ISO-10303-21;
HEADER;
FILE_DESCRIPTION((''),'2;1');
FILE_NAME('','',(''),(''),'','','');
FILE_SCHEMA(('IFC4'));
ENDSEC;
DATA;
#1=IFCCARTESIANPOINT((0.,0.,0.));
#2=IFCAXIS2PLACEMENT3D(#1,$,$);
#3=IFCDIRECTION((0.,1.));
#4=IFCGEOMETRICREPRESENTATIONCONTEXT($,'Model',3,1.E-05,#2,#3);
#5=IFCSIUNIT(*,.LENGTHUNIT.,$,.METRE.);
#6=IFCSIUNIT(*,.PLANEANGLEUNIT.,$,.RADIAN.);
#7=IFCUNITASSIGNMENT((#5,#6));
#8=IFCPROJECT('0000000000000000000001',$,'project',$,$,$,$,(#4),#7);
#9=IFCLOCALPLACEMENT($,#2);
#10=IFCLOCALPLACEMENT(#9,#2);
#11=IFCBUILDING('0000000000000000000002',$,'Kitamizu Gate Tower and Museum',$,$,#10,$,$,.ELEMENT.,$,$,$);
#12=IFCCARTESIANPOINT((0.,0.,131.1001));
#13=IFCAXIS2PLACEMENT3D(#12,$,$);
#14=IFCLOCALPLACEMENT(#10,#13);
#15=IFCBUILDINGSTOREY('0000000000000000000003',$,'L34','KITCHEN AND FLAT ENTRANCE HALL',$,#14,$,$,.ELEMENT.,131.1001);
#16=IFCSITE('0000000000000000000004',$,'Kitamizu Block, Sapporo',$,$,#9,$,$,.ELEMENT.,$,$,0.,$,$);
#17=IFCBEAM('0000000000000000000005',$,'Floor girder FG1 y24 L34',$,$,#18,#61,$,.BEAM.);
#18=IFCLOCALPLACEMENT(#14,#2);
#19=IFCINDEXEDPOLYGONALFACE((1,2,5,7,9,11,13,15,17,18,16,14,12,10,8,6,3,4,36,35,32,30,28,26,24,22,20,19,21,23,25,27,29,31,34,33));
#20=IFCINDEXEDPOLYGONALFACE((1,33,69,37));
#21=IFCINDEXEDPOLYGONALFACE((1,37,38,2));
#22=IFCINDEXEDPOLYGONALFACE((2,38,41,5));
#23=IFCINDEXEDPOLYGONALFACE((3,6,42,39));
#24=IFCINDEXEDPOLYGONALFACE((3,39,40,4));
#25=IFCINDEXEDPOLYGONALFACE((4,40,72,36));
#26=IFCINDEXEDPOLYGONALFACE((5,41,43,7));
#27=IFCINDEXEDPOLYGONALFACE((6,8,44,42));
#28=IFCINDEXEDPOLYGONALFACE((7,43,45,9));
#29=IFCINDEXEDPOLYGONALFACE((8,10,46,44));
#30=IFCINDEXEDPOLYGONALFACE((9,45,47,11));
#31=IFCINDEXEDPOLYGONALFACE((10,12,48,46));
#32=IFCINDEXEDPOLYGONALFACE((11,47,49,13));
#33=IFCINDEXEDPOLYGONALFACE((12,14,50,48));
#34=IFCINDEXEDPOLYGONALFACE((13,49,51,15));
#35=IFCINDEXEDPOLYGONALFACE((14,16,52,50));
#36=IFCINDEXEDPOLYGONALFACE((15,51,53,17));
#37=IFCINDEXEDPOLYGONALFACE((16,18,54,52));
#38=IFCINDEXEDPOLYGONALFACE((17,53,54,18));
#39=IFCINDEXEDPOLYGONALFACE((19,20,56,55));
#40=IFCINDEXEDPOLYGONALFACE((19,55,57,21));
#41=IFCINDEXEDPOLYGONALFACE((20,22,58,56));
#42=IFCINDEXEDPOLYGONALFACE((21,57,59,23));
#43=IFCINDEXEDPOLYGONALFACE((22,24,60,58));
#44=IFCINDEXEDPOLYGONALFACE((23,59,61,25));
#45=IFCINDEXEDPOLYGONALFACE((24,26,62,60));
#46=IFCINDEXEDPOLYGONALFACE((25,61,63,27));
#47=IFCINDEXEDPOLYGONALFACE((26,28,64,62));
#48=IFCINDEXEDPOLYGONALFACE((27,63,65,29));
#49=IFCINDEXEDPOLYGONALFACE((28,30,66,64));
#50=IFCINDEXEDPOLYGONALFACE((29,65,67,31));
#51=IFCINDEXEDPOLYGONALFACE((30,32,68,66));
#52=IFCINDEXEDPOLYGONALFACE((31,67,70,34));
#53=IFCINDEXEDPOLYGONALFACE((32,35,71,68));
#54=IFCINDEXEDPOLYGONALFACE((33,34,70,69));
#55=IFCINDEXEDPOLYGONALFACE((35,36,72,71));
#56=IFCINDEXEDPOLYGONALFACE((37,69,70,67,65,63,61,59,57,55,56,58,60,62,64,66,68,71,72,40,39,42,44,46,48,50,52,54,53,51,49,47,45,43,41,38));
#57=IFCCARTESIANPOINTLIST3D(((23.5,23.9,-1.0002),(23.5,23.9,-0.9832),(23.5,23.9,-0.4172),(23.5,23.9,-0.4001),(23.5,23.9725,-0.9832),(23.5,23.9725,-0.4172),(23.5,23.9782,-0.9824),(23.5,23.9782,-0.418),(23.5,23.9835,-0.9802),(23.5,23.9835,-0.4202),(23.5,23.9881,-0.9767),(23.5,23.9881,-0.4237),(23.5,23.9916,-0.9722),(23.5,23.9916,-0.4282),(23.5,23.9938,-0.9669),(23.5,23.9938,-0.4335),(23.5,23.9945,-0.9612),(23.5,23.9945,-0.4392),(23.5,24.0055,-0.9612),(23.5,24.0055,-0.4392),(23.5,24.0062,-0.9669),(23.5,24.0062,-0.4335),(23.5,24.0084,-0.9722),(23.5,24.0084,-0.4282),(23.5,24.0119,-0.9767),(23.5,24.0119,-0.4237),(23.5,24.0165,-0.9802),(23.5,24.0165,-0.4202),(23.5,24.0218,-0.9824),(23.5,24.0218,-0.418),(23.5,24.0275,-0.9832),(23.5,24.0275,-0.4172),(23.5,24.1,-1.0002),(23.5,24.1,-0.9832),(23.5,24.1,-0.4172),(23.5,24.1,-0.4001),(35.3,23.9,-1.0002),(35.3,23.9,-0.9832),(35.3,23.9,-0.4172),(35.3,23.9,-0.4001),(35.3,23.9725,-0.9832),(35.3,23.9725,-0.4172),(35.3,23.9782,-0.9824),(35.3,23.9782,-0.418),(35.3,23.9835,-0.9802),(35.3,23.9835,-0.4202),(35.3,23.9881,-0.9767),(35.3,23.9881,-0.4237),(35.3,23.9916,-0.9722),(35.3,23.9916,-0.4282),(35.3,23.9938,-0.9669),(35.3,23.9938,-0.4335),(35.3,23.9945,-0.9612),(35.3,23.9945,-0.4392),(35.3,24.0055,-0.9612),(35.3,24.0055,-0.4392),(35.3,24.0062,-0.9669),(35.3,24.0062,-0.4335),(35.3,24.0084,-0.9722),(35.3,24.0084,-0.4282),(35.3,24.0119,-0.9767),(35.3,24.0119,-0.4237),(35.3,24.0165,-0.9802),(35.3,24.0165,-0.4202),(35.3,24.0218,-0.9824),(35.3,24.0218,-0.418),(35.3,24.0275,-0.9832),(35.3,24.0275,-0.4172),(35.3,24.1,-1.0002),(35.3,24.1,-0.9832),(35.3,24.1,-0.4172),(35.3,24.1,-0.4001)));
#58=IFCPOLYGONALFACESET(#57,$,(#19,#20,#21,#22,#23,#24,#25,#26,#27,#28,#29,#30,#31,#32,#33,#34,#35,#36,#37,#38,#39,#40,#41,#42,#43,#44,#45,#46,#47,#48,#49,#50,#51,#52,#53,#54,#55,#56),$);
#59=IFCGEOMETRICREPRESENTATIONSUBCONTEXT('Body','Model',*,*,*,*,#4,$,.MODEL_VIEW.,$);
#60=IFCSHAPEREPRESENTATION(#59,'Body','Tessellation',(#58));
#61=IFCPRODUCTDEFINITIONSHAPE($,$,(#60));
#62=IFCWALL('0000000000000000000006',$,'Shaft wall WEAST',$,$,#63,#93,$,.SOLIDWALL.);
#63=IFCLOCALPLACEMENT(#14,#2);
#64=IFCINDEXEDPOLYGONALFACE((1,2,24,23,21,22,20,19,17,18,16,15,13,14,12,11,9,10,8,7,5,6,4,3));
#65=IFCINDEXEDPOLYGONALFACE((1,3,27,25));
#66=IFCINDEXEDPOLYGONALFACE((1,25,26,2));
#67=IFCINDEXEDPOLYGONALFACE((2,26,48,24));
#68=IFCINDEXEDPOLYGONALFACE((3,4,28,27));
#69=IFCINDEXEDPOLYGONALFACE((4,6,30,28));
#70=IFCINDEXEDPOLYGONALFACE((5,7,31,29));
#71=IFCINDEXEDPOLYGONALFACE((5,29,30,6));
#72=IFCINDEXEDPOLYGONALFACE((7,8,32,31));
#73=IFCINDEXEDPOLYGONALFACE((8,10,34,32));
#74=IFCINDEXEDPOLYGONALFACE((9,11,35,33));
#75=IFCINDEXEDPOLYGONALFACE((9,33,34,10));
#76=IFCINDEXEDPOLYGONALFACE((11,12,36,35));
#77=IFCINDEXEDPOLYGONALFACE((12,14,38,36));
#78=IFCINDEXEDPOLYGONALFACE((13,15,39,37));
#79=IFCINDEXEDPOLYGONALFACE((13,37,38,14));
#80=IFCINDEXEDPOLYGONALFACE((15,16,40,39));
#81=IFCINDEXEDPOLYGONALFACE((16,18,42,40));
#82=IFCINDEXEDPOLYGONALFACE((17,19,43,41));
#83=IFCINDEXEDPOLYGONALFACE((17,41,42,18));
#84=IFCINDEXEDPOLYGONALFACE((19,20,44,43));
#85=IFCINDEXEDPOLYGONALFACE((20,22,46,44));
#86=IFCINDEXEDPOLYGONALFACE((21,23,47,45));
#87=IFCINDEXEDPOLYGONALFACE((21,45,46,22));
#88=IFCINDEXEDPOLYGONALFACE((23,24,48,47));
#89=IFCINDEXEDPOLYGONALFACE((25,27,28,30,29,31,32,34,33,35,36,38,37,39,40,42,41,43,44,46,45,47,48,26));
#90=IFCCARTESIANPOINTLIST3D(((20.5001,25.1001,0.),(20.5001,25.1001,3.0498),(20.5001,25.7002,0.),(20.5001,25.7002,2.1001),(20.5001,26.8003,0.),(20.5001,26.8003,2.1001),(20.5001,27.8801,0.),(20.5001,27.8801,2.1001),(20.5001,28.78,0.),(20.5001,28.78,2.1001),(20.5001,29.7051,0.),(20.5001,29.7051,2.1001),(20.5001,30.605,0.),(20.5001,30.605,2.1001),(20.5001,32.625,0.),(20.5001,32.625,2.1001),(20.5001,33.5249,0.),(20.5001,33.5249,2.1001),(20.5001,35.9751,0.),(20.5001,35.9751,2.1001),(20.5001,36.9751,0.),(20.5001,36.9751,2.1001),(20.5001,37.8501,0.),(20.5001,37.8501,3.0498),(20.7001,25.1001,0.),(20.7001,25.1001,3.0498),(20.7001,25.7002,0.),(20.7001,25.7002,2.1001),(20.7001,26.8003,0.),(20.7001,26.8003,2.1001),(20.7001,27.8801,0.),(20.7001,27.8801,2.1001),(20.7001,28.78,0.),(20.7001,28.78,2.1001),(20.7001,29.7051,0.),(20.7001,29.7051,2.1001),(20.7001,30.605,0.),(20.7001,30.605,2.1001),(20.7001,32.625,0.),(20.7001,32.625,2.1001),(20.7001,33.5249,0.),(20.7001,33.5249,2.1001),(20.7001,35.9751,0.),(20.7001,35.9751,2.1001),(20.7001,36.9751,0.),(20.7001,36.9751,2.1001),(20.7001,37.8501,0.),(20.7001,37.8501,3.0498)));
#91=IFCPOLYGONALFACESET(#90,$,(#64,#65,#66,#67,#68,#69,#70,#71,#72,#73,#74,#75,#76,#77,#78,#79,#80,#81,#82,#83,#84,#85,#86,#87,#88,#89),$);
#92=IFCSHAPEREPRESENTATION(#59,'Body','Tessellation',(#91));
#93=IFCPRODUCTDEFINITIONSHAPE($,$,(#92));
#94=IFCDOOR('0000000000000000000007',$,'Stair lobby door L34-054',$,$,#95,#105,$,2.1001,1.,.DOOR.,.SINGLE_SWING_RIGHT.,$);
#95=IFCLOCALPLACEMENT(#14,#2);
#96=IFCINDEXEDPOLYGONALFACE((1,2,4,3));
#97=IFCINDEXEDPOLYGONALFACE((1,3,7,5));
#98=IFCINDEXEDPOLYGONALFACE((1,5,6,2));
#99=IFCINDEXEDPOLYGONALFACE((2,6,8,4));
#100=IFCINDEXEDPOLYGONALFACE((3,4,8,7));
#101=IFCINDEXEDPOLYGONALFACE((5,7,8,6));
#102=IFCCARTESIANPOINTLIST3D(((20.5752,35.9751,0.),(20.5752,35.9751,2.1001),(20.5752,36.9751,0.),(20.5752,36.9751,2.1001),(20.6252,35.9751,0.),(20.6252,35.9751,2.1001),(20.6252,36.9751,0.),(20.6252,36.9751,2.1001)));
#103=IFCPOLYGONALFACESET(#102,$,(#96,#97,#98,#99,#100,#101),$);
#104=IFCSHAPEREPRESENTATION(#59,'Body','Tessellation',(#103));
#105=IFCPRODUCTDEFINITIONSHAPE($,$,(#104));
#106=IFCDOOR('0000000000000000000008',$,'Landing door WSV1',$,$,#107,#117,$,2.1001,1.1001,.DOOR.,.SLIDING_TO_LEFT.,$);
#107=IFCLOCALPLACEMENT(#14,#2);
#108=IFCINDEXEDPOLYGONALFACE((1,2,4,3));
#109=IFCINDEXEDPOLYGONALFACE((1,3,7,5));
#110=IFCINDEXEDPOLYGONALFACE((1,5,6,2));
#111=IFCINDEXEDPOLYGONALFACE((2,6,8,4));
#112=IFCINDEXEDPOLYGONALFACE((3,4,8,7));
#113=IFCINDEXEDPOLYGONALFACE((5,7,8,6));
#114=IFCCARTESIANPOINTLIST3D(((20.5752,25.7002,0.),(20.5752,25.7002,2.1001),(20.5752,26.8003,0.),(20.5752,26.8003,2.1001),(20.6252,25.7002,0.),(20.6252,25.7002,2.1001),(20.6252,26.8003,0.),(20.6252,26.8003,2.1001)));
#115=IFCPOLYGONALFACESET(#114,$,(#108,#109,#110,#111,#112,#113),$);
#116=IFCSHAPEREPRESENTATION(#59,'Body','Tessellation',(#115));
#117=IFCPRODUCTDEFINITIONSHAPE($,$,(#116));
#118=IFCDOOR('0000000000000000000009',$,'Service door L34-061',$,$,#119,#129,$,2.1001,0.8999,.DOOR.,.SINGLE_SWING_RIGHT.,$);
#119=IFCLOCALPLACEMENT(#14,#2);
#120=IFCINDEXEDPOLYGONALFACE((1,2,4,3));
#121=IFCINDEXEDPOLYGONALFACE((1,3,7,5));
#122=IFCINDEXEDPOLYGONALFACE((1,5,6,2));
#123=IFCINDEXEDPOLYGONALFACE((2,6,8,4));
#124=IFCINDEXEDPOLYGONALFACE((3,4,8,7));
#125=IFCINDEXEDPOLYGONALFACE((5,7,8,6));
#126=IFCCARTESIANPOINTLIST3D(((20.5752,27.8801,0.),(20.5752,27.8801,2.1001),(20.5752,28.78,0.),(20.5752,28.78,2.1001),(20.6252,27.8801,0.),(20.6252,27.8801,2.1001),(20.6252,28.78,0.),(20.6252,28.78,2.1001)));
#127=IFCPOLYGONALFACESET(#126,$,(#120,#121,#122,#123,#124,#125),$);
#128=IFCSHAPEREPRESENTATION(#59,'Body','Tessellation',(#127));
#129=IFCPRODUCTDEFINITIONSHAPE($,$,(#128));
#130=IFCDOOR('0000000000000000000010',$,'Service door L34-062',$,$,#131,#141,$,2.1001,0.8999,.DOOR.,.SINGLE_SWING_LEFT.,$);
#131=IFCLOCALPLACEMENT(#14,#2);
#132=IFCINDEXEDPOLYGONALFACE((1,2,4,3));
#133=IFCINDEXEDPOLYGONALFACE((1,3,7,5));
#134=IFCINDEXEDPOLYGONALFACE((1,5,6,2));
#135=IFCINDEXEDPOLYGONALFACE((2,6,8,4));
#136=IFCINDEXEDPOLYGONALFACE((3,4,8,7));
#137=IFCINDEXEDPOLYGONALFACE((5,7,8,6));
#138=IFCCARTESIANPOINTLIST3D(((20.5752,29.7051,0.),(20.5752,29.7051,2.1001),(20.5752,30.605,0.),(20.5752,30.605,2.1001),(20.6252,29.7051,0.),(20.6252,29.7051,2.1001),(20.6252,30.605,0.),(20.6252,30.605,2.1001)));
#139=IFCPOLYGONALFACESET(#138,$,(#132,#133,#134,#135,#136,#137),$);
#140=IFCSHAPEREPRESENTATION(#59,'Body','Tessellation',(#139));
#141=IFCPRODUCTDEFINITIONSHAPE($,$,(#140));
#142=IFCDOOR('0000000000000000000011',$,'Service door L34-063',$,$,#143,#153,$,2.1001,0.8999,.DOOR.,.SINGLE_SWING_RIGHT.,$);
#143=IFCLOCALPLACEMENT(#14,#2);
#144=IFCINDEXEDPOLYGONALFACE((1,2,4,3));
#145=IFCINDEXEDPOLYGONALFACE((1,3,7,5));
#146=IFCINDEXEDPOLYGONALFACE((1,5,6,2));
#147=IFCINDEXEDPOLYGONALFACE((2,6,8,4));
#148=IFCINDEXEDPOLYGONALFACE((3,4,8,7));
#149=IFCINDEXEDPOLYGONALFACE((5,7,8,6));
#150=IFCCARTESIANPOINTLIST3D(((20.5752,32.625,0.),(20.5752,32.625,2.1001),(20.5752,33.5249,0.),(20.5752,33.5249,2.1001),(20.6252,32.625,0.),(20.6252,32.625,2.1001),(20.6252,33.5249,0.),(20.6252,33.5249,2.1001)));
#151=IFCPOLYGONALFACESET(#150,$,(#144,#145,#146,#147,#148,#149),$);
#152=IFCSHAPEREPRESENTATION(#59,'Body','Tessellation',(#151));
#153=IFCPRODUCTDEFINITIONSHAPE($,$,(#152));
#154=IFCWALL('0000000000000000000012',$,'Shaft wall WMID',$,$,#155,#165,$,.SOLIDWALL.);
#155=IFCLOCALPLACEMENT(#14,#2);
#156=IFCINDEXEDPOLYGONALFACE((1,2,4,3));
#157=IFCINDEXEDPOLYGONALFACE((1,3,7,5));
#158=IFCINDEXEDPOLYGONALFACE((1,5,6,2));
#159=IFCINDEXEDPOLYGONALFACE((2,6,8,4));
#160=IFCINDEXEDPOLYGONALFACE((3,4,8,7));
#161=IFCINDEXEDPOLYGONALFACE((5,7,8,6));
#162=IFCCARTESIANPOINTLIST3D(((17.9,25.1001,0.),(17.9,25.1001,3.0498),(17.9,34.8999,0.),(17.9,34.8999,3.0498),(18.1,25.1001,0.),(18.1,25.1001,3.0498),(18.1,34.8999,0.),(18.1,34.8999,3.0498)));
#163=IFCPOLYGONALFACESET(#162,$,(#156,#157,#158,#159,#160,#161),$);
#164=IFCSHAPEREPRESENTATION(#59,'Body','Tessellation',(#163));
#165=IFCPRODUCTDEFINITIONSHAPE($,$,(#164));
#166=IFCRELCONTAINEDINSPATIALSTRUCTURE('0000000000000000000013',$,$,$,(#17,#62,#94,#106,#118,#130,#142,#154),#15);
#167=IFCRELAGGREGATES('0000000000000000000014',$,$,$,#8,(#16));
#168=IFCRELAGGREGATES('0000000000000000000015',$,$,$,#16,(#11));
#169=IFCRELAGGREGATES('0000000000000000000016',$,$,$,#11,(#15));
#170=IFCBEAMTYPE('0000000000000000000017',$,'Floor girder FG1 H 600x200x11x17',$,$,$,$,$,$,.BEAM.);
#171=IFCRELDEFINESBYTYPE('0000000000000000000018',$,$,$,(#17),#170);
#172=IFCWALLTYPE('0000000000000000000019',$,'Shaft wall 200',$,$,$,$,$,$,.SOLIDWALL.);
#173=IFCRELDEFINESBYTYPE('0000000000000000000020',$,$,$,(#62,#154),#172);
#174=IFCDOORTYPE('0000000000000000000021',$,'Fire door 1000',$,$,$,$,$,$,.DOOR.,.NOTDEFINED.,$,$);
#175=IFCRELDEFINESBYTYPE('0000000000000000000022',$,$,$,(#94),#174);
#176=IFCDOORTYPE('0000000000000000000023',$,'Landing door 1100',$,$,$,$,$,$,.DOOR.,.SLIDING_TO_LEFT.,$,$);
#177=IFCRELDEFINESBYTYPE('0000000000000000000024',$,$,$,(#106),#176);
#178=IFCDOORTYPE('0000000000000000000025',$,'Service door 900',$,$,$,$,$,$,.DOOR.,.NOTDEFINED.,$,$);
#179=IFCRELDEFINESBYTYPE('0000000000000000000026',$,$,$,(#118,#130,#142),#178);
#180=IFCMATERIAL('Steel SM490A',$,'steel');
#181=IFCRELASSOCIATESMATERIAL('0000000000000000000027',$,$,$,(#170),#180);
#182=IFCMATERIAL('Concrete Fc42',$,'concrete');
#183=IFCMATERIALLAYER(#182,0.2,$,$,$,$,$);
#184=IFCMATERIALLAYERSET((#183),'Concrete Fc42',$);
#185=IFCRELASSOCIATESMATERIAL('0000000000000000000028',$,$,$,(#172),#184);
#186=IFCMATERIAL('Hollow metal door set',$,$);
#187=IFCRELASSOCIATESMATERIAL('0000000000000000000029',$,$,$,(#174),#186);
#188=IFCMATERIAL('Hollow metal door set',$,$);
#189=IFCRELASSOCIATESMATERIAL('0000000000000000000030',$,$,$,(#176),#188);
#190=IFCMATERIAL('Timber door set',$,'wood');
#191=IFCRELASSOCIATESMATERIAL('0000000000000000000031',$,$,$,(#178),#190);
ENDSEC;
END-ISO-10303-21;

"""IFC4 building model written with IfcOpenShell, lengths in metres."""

from ifc_helpers import new_model, si_unit, direction, frame, frame_2d, origin, origin_2d, place, context, subcontext, project, spatial, rectangle, i_section, extrude, material, layer, layer_set, material_profile, profile_set, type_object, element, fill, save


model = new_model("IFC4")

# Units and contexts
model_context = context("Model", 3, precision=1e-05, world=origin(), true_north=direction((0.0, 1.0)))
body_context = subcontext(model_context, "Body", "Model", "MODEL_VIEW")
ifc_project = project(units=[si_unit("LENGTHUNIT", "METRE"), si_unit("PLANEANGLEUNIT", "RADIAN")], contexts=[model_context])

# Site, building, storey
site_placement = place(None, origin())
site = spatial("IfcSite", under=ifc_project, at=site_placement, Name="Kitamizu Block, Sapporo", CompositionType="ELEMENT", RefElevation=0.0)
building_placement = place(site_placement, origin())
building = spatial("IfcBuilding", under=site, at=building_placement, Name="Kitamizu Gate Tower and Museum", CompositionType="ELEMENT")
storey_placement = place(building_placement, frame((0.0, 0.0, 131.1001)))
storey = spatial("IfcBuildingStorey", under=building, at=storey_placement, Name="L34", Description="KITCHEN AND FLAT ENTRANCE HALL", CompositionType="ELEMENT", Elevation=131.1001)

# Beam
ifc_material_1 = material(Name="Steel SM490A", Category="steel")
ifc_material_profile = material_profile(ifc_material_1, i_section(OverallWidth=0.2, OverallDepth=0.6001, WebThickness=0.011, FlangeThickness=0.0171, FilletRadius=0.022, at=origin_2d()), Name="H-600x200x11x17")
ifc_profile_set = profile_set([ifc_material_profile], Name="Steel SM490A")
beam_type = type_object("IfcBeamType", Name="Floor girder FG1 H 600x200x11x17", PredefinedType="BEAM", material=ifc_profile_set)
beam_placement = place(storey_placement, frame((23.5, 24.0, -0.7002), z_axis=(1.0, 0.0, 0.0), x_axis=(0.0, 1.0, 0.0)))
element("IfcBeam", 1, at=beam_placement, inside=storey, type_object=beam_type, Name="Floor girder FG1 y24 L34", PredefinedType="BEAM", context=body_context, shape_type="SweptSolid", body=[
    extrude(i_section(OverallWidth=0.2, OverallDepth=0.6001, WebThickness=0.011, FlangeThickness=0.0171, FilletRadius=0.022, at=origin_2d()), origin(), (0.0, 0.0, 1.0), 11.8),
])

# Wall, openings, doors
ifc_material_2 = material(Name="Concrete Fc42", Category="concrete")
ifc_layer = layer(ifc_material_2, 0.2)
ifc_layer_set = layer_set([ifc_layer], Name="Concrete Fc42")
wall_type = type_object("IfcWallType", Name="Shaft wall 200", PredefinedType="SOLIDWALL", material=ifc_layer_set)
wall_1_placement = place(storey_placement, frame((20.6001, 25.1001, 0.0), z_axis=(0.0, 0.0, 1.0), x_axis=(0.0, 1.0, 0.0)))
wall_1 = element("IfcWall", 2, at=wall_1_placement, inside=storey, type_object=wall_type, Name="Shaft wall WEAST", PredefinedType="SOLIDWALL", context=body_context, shape_type="SweptSolid", body=[
    extrude(rectangle(XDim=12.75, YDim=0.2, at=frame_2d((6.375, 0.0))), origin(), (0.0, 0.0, 1.0), 3.0498),
])
opening_1_placement = place(wall_1_placement, frame((0.6001, 0.0, 0.0)))
opening_1 = element("IfcOpeningElement", 3, at=opening_1_placement, cuts=wall_1, PredefinedType="OPENING", context=body_context, shape_type="SweptSolid", body=[
    extrude(rectangle(XDim=1.1001, YDim=2.1001, at=frame_2d((0.55, 1.05))), frame((0.0, 0.1099, 0.0), z_axis=(0.0, -1.0, 0.0), x_axis=(1.0, 0.0, 0.0)), (0.0, 0.0, 1.0), 0.22),
])
opening_2_placement = place(wall_1_placement, frame((10.875, 0.0, 0.0)))
opening_2 = element("IfcOpeningElement", 4, at=opening_2_placement, cuts=wall_1, PredefinedType="OPENING", context=body_context, shape_type="SweptSolid", body=[
    extrude(rectangle(XDim=1.0, YDim=2.1001, at=frame_2d((0.5, 1.05))), frame((0.0, 0.1099, 0.0), z_axis=(0.0, -1.0, 0.0), x_axis=(1.0, 0.0, 0.0)), (0.0, 0.0, 1.0), 0.22),
])
opening_3_placement = place(wall_1_placement, frame((2.78, 0.0, 0.0)))
opening_3 = element("IfcOpeningElement", 5, at=opening_3_placement, cuts=wall_1, PredefinedType="OPENING", context=body_context, shape_type="SweptSolid", body=[
    extrude(rectangle(XDim=0.8999, YDim=2.1001, at=frame_2d((0.45, 1.05))), frame((0.0, 0.1099, 0.0), z_axis=(0.0, -1.0, 0.0), x_axis=(1.0, 0.0, 0.0)), (0.0, 0.0, 1.0), 0.22),
])
opening_4_placement = place(wall_1_placement, frame((4.605, 0.0, 0.0)))
opening_4 = element("IfcOpeningElement", 6, at=opening_4_placement, cuts=wall_1, PredefinedType="OPENING", context=body_context, shape_type="SweptSolid", body=[
    extrude(rectangle(XDim=0.8999, YDim=2.1001, at=frame_2d((0.45, 1.05))), frame((0.0, 0.1099, 0.0), z_axis=(0.0, -1.0, 0.0), x_axis=(1.0, 0.0, 0.0)), (0.0, 0.0, 1.0), 0.22),
])
opening_5_placement = place(wall_1_placement, frame((7.5249, 0.0, 0.0)))
opening_5 = element("IfcOpeningElement", 7, at=opening_5_placement, cuts=wall_1, PredefinedType="OPENING", context=body_context, shape_type="SweptSolid", body=[
    extrude(rectangle(XDim=0.8999, YDim=2.1001, at=frame_2d((0.45, 1.05))), frame((0.0, 0.1099, 0.0), z_axis=(0.0, -1.0, 0.0), x_axis=(1.0, 0.0, 0.0)), (0.0, 0.0, 1.0), 0.22),
])
ifc_material_3 = material(Name="Hollow metal door set")
door_type_1 = type_object("IfcDoorType", Name="Fire door 1000", OperationType="NOTDEFINED", PredefinedType="DOOR", material=ifc_material_3)
door_1_placement = place(opening_2_placement, origin())
door_1 = element("IfcDoor", 8, at=door_1_placement, inside=storey, type_object=door_type_1, Name="Stair lobby door L34-054", OperationType="SINGLE_SWING_RIGHT", OverallHeight=2.1001, OverallWidth=1.0, PredefinedType="DOOR", context=body_context, shape_type="SweptSolid", body=[
    extrude(rectangle(XDim=1.0, YDim=2.1001, at=frame_2d((0.5, 1.05))), frame((0.0, 0.0249, 0.0), z_axis=(0.0, -1.0, 0.0), x_axis=(1.0, 0.0, 0.0)), (0.0, 0.0, 1.0), 0.05),
])
fill(opening_2, door_1)
ifc_material_4 = material(Name="Hollow metal door set")
door_type_2 = type_object("IfcDoorType", Name="Landing door 1100", OperationType="SLIDING_TO_LEFT", PredefinedType="DOOR", material=ifc_material_4)
door_2_placement = place(opening_1_placement, origin())
door_2 = element("IfcDoor", 9, at=door_2_placement, inside=storey, type_object=door_type_2, Name="Landing door WSV1", OperationType="SLIDING_TO_LEFT", OverallHeight=2.1001, OverallWidth=1.1001, PredefinedType="DOOR", context=body_context, shape_type="SweptSolid", body=[
    extrude(rectangle(XDim=1.1001, YDim=2.1001, at=frame_2d((0.55, 1.05))), frame((0.0, 0.0249, 0.0), z_axis=(0.0, -1.0, 0.0), x_axis=(1.0, 0.0, 0.0)), (0.0, 0.0, 1.0), 0.05),
])
fill(opening_1, door_2)
ifc_material_5 = material(Name="Timber door set", Category="wood")
door_type_3 = type_object("IfcDoorType", Name="Service door 900", OperationType="NOTDEFINED", PredefinedType="DOOR", material=ifc_material_5)
door_3_placement = place(opening_3_placement, origin())
door_3 = element("IfcDoor", 10, at=door_3_placement, inside=storey, type_object=door_type_3, Name="Service door L34-061", OperationType="SINGLE_SWING_RIGHT", OverallHeight=2.1001, OverallWidth=0.8999, PredefinedType="DOOR", context=body_context, shape_type="SweptSolid", body=[
    extrude(rectangle(XDim=0.8999, YDim=2.1001, at=frame_2d((0.45, 1.05))), frame((0.0, 0.0249, 0.0), z_axis=(0.0, -1.0, 0.0), x_axis=(1.0, 0.0, 0.0)), (0.0, 0.0, 1.0), 0.05),
])
fill(opening_3, door_3)
door_4_placement = place(opening_4_placement, origin())
door_4 = element("IfcDoor", 11, at=door_4_placement, inside=storey, type_object=door_type_3, Name="Service door L34-062", OperationType="SINGLE_SWING_LEFT", OverallHeight=2.1001, OverallWidth=0.8999, PredefinedType="DOOR", context=body_context, shape_type="SweptSolid", body=[
    extrude(rectangle(XDim=0.8999, YDim=2.1001, at=frame_2d((0.45, 1.05))), frame((0.0, 0.0249, 0.0), z_axis=(0.0, -1.0, 0.0), x_axis=(1.0, 0.0, 0.0)), (0.0, 0.0, 1.0), 0.05),
])
fill(opening_4, door_4)
door_5_placement = place(opening_5_placement, origin())
door_5 = element("IfcDoor", 12, at=door_5_placement, inside=storey, type_object=door_type_3, Name="Service door L34-063", OperationType="SINGLE_SWING_RIGHT", OverallHeight=2.1001, OverallWidth=0.8999, PredefinedType="DOOR", context=body_context, shape_type="SweptSolid", body=[
    extrude(rectangle(XDim=0.8999, YDim=2.1001, at=frame_2d((0.45, 1.05))), frame((0.0, 0.0249, 0.0), z_axis=(0.0, -1.0, 0.0), x_axis=(1.0, 0.0, 0.0)), (0.0, 0.0, 1.0), 0.05),
])
fill(opening_5, door_5)

# Wall
wall_2_placement = place(storey_placement, frame((18.0, 25.1001, 0.0), z_axis=(0.0, 0.0, 1.0), x_axis=(0.0, 1.0, 0.0)))
element("IfcWall", 13, at=wall_2_placement, inside=storey, type_object=wall_type, Name="Shaft wall WMID", PredefinedType="SOLIDWALL", context=body_context, shape_type="SweptSolid", body=[
    extrude(rectangle(XDim=9.7998, YDim=0.2, at=frame_2d((4.8999, 0.0))), origin(), (0.0, 0.0, 1.0), 3.0498),
])

save(model, "model.ifc")
